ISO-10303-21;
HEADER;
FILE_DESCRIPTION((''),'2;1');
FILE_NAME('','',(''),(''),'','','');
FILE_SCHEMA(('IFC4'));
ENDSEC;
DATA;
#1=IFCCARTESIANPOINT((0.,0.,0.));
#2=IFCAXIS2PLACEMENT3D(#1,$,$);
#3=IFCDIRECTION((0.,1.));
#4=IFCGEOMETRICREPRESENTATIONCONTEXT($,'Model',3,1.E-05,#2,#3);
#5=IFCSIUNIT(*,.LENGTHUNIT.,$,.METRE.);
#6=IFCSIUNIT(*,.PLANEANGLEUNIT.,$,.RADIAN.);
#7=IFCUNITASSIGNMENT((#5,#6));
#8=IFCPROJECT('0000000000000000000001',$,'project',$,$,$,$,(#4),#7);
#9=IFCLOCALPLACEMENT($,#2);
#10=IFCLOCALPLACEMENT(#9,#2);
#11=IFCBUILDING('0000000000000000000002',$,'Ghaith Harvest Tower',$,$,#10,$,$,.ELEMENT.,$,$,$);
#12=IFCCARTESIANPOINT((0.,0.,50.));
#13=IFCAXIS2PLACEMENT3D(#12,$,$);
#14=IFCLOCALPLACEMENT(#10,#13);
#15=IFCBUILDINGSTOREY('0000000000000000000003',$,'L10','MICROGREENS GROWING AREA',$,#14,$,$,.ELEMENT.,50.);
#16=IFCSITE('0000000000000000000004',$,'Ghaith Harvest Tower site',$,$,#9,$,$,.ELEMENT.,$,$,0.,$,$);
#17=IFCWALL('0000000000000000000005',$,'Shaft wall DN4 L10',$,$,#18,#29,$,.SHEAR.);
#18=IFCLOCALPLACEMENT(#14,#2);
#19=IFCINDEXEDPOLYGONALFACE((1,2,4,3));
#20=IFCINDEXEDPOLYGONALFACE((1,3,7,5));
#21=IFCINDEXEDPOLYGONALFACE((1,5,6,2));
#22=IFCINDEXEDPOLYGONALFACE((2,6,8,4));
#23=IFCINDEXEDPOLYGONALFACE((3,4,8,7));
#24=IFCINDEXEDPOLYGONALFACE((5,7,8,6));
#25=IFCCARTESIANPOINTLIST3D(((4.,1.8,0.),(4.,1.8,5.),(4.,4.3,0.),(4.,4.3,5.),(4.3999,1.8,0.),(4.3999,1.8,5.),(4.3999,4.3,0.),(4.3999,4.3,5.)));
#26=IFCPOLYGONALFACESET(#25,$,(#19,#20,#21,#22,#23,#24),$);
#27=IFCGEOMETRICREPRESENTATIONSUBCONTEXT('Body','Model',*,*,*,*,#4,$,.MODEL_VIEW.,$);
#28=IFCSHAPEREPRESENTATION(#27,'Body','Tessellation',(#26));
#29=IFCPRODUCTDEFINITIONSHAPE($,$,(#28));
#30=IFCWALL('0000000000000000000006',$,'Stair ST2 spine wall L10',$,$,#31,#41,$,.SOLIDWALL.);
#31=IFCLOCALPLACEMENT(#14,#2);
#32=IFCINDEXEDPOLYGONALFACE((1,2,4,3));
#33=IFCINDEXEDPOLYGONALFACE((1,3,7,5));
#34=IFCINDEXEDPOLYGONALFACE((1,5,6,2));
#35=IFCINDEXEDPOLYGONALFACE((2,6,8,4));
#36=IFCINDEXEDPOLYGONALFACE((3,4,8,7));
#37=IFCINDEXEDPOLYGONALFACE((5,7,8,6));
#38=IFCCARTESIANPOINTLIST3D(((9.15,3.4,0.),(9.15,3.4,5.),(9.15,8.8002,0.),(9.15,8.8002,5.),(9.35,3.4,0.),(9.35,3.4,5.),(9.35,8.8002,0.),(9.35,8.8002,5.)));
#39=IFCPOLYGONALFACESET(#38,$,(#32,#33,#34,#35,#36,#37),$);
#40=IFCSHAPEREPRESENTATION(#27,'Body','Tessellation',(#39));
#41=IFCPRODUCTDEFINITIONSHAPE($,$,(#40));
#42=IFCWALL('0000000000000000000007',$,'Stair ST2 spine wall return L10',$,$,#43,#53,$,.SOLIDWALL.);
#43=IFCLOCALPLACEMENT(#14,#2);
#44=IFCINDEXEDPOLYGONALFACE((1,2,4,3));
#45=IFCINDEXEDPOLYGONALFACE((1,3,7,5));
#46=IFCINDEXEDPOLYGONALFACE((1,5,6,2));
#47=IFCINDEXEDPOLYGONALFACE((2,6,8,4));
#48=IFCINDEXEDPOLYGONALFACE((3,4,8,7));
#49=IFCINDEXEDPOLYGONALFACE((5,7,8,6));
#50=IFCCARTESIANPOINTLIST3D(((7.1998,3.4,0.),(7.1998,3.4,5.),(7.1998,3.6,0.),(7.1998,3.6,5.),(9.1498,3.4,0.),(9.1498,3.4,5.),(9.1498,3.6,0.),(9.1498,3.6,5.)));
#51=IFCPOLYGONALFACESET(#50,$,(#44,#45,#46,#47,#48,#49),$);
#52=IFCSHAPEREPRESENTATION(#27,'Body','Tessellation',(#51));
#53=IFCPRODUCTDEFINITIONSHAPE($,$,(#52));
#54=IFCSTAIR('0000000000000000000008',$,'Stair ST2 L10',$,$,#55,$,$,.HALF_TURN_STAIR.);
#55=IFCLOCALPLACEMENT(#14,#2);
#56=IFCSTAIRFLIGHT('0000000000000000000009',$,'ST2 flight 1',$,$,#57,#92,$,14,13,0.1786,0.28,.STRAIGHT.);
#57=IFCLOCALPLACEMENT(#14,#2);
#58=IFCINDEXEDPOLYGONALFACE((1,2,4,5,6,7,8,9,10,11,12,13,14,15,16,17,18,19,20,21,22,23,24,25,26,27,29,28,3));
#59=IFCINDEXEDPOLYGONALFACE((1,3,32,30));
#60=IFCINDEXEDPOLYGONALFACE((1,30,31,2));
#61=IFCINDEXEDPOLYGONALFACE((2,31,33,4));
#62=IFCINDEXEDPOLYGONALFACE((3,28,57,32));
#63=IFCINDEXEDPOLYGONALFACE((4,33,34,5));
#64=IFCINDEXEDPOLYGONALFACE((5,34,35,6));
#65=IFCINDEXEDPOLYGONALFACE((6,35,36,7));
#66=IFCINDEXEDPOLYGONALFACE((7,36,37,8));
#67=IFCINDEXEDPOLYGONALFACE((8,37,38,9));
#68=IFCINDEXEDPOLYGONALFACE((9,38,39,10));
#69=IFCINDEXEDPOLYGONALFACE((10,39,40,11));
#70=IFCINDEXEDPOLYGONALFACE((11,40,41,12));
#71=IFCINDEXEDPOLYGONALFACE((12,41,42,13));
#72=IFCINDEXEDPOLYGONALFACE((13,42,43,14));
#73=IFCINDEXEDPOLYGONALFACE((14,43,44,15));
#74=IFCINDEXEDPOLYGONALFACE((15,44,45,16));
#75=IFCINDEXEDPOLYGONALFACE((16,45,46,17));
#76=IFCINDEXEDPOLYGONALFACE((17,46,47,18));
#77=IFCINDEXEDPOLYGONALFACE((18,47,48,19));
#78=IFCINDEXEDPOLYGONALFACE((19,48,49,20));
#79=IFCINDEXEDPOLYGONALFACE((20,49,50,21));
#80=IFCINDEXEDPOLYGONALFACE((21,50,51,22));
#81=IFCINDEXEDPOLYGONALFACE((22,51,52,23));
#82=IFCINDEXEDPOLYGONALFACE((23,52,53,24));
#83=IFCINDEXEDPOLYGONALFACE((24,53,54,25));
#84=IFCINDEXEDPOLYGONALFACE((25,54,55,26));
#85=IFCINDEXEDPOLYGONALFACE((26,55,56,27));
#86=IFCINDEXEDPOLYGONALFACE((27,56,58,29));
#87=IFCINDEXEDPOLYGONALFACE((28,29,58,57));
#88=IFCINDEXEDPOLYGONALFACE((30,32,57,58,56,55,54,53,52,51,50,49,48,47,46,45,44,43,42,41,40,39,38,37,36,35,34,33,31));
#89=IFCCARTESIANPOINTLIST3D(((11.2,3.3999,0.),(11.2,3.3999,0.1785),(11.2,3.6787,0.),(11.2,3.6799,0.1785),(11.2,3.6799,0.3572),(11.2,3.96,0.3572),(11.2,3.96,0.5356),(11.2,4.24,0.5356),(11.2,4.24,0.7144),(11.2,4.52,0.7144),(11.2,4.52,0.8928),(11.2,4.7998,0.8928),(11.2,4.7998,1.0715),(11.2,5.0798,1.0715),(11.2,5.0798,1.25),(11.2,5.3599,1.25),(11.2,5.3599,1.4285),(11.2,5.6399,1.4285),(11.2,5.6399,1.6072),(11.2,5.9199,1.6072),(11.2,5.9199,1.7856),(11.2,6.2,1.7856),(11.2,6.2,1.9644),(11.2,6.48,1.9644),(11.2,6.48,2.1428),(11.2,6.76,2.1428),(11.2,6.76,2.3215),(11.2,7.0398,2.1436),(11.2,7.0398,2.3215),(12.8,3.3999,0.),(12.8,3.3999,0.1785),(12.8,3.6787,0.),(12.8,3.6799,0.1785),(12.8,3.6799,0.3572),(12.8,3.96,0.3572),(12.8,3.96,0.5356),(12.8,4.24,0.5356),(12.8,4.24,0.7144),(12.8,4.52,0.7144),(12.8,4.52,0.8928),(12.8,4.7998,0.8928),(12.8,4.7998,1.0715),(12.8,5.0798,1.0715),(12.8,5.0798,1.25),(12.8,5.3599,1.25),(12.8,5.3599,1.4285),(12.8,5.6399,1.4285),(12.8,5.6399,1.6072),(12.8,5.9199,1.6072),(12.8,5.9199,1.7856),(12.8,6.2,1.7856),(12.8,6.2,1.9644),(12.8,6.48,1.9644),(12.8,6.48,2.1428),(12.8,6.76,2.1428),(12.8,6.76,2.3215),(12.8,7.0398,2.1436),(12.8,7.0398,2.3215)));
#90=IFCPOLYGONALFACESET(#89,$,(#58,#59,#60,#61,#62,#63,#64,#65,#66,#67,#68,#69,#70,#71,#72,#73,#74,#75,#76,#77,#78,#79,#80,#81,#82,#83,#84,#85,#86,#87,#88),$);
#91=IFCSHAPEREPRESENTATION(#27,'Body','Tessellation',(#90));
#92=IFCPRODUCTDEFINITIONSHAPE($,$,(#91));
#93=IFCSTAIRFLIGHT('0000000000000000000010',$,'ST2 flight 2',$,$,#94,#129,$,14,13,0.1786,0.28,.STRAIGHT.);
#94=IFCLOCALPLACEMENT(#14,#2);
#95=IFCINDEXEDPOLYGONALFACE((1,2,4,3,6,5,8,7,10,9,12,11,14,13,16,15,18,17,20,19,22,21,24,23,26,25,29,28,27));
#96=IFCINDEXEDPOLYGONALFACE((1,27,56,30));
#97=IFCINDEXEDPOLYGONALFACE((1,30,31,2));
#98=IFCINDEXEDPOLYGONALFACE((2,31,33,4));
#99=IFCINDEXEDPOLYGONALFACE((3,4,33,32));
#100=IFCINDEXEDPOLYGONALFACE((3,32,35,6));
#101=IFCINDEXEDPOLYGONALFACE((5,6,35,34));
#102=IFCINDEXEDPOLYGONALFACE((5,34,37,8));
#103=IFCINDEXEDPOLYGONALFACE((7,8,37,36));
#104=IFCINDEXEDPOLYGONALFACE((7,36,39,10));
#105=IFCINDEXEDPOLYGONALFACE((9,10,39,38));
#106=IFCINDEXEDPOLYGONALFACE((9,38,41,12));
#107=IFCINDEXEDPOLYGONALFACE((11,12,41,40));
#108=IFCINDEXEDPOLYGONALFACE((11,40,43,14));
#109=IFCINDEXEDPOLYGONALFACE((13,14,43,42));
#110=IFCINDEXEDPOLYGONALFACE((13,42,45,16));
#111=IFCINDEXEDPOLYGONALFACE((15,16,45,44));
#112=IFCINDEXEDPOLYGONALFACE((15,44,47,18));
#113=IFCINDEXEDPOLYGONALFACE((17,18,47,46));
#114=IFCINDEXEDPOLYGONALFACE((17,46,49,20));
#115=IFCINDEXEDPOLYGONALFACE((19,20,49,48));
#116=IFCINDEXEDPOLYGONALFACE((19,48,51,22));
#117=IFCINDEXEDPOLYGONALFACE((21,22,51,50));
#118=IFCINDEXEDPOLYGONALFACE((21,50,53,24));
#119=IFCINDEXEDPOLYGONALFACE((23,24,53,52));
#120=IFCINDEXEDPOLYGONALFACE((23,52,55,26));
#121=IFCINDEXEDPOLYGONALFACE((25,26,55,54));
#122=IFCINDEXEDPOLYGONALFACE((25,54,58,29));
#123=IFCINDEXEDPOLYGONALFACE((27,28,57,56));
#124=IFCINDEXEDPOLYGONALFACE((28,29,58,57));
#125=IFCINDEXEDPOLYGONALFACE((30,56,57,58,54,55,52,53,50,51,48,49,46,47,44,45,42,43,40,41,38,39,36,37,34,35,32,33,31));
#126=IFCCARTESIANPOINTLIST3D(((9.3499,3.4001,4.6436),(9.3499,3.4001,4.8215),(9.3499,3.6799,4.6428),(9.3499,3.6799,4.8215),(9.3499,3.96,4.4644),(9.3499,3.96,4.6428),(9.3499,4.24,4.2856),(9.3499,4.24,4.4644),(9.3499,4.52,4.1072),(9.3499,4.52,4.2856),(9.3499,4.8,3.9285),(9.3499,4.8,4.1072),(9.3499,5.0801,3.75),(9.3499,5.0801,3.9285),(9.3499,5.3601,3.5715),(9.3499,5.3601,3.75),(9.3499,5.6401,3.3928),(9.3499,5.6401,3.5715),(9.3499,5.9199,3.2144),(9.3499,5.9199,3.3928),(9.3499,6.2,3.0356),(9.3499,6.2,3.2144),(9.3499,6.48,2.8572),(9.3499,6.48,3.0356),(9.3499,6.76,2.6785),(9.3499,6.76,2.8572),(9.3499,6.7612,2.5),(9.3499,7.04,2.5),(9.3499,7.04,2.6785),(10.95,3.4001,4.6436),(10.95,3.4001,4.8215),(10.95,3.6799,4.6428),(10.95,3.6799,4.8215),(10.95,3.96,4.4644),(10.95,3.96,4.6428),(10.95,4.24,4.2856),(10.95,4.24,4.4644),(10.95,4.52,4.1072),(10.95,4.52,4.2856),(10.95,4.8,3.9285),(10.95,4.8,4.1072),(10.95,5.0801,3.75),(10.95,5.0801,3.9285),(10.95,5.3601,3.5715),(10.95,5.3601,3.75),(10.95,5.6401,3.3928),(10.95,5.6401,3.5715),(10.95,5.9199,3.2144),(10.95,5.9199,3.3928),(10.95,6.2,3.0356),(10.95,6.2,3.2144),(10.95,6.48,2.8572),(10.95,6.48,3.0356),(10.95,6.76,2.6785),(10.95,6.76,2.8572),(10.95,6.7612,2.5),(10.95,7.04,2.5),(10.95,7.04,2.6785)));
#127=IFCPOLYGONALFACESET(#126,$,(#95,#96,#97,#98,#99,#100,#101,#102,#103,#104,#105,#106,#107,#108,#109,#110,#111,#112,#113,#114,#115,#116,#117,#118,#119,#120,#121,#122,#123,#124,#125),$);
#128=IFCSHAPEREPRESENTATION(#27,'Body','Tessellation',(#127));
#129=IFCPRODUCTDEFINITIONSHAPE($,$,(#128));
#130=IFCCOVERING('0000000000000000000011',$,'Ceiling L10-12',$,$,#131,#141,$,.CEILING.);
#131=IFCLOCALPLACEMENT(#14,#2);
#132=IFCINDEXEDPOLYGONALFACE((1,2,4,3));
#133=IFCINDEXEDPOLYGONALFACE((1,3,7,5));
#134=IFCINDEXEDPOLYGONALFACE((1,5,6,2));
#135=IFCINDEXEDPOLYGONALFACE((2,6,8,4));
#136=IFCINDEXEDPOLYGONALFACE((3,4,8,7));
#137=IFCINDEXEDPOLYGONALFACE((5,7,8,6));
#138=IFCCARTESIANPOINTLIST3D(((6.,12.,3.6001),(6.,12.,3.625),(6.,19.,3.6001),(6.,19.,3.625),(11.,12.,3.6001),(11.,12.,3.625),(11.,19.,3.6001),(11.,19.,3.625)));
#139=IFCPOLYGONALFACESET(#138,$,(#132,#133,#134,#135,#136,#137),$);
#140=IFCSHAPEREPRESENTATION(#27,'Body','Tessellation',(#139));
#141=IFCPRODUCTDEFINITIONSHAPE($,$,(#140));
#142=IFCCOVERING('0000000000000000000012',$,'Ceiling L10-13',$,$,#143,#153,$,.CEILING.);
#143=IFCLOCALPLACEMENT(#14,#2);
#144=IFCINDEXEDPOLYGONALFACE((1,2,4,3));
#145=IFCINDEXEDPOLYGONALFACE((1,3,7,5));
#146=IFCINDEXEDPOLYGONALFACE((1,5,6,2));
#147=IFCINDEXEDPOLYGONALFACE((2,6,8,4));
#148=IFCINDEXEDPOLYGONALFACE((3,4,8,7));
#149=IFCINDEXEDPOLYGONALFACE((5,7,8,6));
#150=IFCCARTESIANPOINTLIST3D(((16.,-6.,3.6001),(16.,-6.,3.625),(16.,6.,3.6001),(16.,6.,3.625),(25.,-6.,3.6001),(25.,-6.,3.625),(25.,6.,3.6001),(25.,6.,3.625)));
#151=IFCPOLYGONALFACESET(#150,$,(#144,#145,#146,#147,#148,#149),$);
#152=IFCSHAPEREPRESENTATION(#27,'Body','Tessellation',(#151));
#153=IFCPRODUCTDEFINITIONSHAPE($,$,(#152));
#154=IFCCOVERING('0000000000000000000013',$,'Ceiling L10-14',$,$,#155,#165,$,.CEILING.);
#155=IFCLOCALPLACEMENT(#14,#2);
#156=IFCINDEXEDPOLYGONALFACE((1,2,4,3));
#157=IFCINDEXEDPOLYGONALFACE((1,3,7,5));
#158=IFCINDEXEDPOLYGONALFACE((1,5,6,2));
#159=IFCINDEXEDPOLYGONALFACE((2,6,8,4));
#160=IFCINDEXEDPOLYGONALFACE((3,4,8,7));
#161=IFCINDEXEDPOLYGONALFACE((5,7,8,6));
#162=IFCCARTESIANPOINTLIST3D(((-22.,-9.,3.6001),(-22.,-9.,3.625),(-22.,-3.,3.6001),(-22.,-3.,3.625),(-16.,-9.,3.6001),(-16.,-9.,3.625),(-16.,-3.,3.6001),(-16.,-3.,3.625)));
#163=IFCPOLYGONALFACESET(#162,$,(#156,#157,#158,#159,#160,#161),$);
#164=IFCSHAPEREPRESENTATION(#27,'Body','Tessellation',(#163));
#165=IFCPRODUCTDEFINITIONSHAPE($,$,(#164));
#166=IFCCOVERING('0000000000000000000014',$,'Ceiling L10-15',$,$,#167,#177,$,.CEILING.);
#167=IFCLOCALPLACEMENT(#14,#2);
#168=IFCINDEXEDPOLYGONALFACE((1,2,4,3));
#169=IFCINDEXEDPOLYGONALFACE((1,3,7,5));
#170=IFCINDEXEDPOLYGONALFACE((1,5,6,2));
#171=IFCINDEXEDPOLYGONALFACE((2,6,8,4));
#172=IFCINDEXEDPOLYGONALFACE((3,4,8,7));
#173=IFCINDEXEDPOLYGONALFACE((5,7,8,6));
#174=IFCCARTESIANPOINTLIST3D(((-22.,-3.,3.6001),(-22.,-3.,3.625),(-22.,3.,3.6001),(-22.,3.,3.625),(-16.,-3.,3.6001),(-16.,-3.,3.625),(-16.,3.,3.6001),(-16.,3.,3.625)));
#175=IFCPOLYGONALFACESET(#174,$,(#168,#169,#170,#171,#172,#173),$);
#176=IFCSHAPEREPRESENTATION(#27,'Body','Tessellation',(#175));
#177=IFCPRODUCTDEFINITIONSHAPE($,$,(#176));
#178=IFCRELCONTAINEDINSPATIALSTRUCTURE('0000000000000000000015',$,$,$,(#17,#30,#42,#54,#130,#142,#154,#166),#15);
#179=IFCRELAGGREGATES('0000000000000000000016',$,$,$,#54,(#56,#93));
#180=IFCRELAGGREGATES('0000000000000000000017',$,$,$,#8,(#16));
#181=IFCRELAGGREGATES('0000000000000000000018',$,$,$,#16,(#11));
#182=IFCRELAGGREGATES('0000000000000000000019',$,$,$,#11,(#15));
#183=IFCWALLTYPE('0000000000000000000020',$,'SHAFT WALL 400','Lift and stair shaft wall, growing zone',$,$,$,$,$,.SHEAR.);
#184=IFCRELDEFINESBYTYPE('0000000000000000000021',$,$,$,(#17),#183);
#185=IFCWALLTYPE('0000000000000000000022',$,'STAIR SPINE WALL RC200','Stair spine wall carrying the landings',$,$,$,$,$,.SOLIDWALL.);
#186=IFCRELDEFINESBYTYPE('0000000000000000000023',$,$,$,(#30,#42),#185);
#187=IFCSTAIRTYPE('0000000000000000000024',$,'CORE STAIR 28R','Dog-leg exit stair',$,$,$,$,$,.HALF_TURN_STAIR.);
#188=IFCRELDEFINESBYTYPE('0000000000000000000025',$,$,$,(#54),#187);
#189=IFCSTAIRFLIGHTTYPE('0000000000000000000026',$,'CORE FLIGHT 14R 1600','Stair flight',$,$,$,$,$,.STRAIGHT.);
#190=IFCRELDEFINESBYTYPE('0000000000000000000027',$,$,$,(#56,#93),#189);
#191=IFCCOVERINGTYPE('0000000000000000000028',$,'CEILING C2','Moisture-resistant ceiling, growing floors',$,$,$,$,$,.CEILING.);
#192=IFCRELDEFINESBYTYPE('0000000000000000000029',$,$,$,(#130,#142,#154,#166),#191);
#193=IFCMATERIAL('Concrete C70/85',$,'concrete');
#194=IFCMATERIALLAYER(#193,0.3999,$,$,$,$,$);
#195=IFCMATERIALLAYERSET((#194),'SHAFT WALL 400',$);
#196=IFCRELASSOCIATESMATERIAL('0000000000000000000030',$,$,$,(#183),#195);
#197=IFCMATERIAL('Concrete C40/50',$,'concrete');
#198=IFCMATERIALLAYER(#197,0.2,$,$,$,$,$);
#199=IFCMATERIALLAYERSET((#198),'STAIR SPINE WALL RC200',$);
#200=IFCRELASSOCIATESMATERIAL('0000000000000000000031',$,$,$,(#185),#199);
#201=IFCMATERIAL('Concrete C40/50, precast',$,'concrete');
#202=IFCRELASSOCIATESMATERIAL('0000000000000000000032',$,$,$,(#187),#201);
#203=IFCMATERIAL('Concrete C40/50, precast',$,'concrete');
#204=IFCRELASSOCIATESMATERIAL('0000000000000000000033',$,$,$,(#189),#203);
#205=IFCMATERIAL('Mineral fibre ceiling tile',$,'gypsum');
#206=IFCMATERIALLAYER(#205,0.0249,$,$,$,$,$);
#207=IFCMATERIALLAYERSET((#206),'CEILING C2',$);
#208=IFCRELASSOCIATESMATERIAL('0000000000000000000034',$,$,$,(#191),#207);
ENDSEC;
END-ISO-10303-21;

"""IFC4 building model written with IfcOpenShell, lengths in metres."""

from ifc_helpers import new_model, si_unit, direction, frame, frame_2d, origin, place, context, subcontext, project, spatial, polyline, rectangle, outline, extrude, material, layer, layer_set, type_object, element, aggregate, save


model = new_model("IFC4")

# Units and contexts
model_context = context("Model", 3, precision=1e-05, world=origin(), true_north=direction((0.0, 1.0)))
body_context = subcontext(model_context, "Body", "Model", "MODEL_VIEW")
ifc_project = project(units=[si_unit("LENGTHUNIT", "METRE"), si_unit("PLANEANGLEUNIT", "RADIAN")], contexts=[model_context])

# Site, building, storey
site_placement = place(None, origin())
site = spatial("IfcSite", under=ifc_project, at=site_placement, Name="Ghaith Harvest Tower site", CompositionType="ELEMENT", RefElevation=0.0)
building_placement = place(site_placement, origin())
building = spatial("IfcBuilding", under=site, at=building_placement, Name="Ghaith Harvest Tower", CompositionType="ELEMENT")
storey_placement = place(building_placement, frame((0.0, 0.0, 50.0)))
storey = spatial("IfcBuildingStorey", under=building, at=storey_placement, Name="L10", Description="MICROGREENS GROWING AREA", CompositionType="ELEMENT", Elevation=50.0)

# Shared definitions
ifc_material_1 = material(Name="Concrete C70/85", Category="concrete")
ifc_layer_1 = layer(ifc_material_1, 0.3999)
ifc_layer_set_1 = layer_set([ifc_layer_1], Name="SHAFT WALL 400")
wall_type_1 = type_object("IfcWallType", Name="SHAFT WALL 400", Description="Lift and stair shaft wall, growing zone", PredefinedType="SHEAR", material=ifc_layer_set_1)

# Walls
for number, where, z_axis, x_axis, name in (
    (1, (4.2, 1.8, 0.0), (0.0, 0.0, 1.0), (0.0, 1.0, 0.0), "Shaft wall DN4 L10"),
):
    element("IfcWall", number, at=place(storey_placement, frame(where, z_axis=z_axis, x_axis=x_axis)), inside=storey, type_object=wall_type_1, Name=name, PredefinedType="SHEAR", context=body_context, shape_type="SweptSolid", body=[
        extrude(rectangle(XDim=2.5, YDim=0.3999, at=frame_2d((1.25, 0.0))), origin(), (0.0, 0.0, 1.0), 5.0),
    ])
ifc_material_2 = material(Name="Concrete C40/50", Category="concrete")
ifc_layer_2 = layer(ifc_material_2, 0.2)
ifc_layer_set_2 = layer_set([ifc_layer_2], Name="STAIR SPINE WALL RC200")
wall_type_2 = type_object("IfcWallType", Name="STAIR SPINE WALL RC200", Description="Stair spine wall carrying the landings", PredefinedType="SOLIDWALL", material=ifc_layer_set_2)
wall_1_placement = place(storey_placement, frame((9.25, 3.3999, 0.0), z_axis=(0.0, 0.0, 1.0), x_axis=(0.0, 1.0, 0.0)))
element("IfcWall", 2, at=wall_1_placement, inside=storey, type_object=wall_type_2, Name="Stair ST2 spine wall L10", PredefinedType="SOLIDWALL", context=body_context, shape_type="SweptSolid", body=[
    extrude(rectangle(XDim=5.4001, YDim=0.2, at=frame_2d((2.7002, 0.0))), origin(), (0.0, 0.0, 1.0), 5.0),
])
wall_2_placement = place(storey_placement, frame((9.1499, 3.5, 0.0), z_axis=(0.0, 0.0, 1.0), x_axis=(-1.0, 0.0, 0.0)))
element("IfcWall", 3, at=wall_2_placement, inside=storey, type_object=wall_type_2, Name="Stair ST2 spine wall return L10", PredefinedType="SOLIDWALL", context=body_context, shape_type="SweptSolid", body=[
    extrude(rectangle(XDim=1.95, YDim=0.2, at=frame_2d((0.9751, 0.0))), origin(), (0.0, 0.0, 1.0), 5.0),
])

# Stair, stair flights
ifc_material_3 = material(Name="Concrete C40/50, precast", Category="concrete")
stair_type = type_object("IfcStairType", Name="CORE STAIR 28R", Description="Dog-leg exit stair", PredefinedType="HALF_TURN_STAIR", material=ifc_material_3)
stair_placement = place(storey_placement, origin())
stair = element("IfcStair", 4, at=stair_placement, inside=storey, type_object=stair_type, Name="Stair ST2 L10", PredefinedType="HALF_TURN_STAIR")
ifc_material_4 = material(Name="Concrete C40/50, precast", Category="concrete")
stair_flight_type = type_object("IfcStairFlightType", Name="CORE FLIGHT 14R 1600", Description="Stair flight", PredefinedType="STRAIGHT", material=ifc_material_4)
stair_flight_1_placement = place(storey_placement, frame((12.0, 3.3999, 0.0), z_axis=(0.0, 0.0, 1.0), x_axis=(0.0, 1.0, 0.0)))
stair_flight_1 = element("IfcStairFlight", 5, at=stair_flight_1_placement, type_object=stair_flight_type, Name="ST2 flight 1", NumberOfRisers=14, NumberOfTreads=13, PredefinedType="STRAIGHT", RiserHeight=0.1786, TreadLength=0.28, context=body_context, shape_type="SweptSolid", body=[
    extrude(outline(polyline([(0.0, 0.0), (0.0, 0.1785), (0.28, 0.1785), (0.28, 0.3572), (0.5601, 0.3572), (0.5601, 0.5356), (0.8401, 0.5356), (0.8401, 0.7144), (1.1201, 0.7144), (1.1201, 0.8928), (1.3999, 0.8928), (1.3999, 1.0715), (1.6799, 1.0715), (1.6799, 1.25), (1.96, 1.25), (1.96, 1.4285), (2.24, 1.4285), (2.24, 1.6072), (2.52, 1.6072), (2.52, 1.7856), (2.8, 1.7856), (2.8, 1.9644), (3.0801, 1.9644), (3.0801, 2.1428), (3.3601, 2.1428), (3.3601, 2.3215), (3.6399, 2.3215), (3.6399, 2.5), (3.6399, 2.1436), (0.2788, 0.0), (0.0, 0.0)])), frame((0.0, 0.8, 0.0), z_axis=(0.0, -1.0, 0.0), x_axis=(1.0, 0.0, 0.0)), (0.0, 0.0, 1.0), 1.6001),
])
stair_flight_2_placement = place(storey_placement, frame((10.1499, 7.04, 2.5), z_axis=(0.0, 0.0, 1.0), x_axis=(0.0, -1.0, 0.0)))
stair_flight_2 = element("IfcStairFlight", 6, at=stair_flight_2_placement, type_object=stair_flight_type, Name="ST2 flight 2", NumberOfRisers=14, NumberOfTreads=13, PredefinedType="STRAIGHT", RiserHeight=0.1786, TreadLength=0.28, context=body_context, shape_type="SweptSolid", body=[
    extrude(outline(polyline([(0.0, 0.0), (0.0, 0.1785), (0.28, 0.1785), (0.28, 0.3572), (0.5601, 0.3572), (0.5601, 0.5356), (0.8401, 0.5356), (0.8401, 0.7144), (1.1201, 0.7144), (1.1201, 0.8928), (1.3999, 0.8928), (1.3999, 1.0715), (1.6799, 1.0715), (1.6799, 1.25), (1.96, 1.25), (1.96, 1.4285), (2.24, 1.4285), (2.24, 1.6072), (2.52, 1.6072), (2.52, 1.7856), (2.8, 1.7856), (2.8, 1.9644), (3.0801, 1.9644), (3.0801, 2.1428), (3.3601, 2.1428), (3.3601, 2.3215), (3.6399, 2.3215), (3.6399, 2.5), (3.6399, 2.1436), (0.2788, 0.0), (0.0, 0.0)])), frame((0.0, 0.8, 0.0), z_axis=(0.0, -1.0, 0.0), x_axis=(1.0, 0.0, 0.0)), (0.0, 0.0, 1.0), 1.6001),
])
aggregate(stair, [stair_flight_1, stair_flight_2])

# Coverings
ifc_material_5 = material(Name="Mineral fibre ceiling tile", Category="gypsum")
ifc_layer_3 = layer(ifc_material_5, 0.0249)
ifc_layer_set_3 = layer_set([ifc_layer_3], Name="CEILING C2")
covering_type = type_object("IfcCoveringType", Name="CEILING C2", Description="Moisture-resistant ceiling, growing floors", PredefinedType="CEILING", material=ifc_layer_set_3)
covering_1_placement = place(storey_placement, frame((0.0, 0.0, 3.6001)))
element("IfcCovering", 7, at=covering_1_placement, inside=storey, type_object=covering_type, Name="Ceiling L10-12", PredefinedType="CEILING", context=body_context, shape_type="SweptSolid", body=[
    extrude(outline(polyline([(6.0, 12.0), (11.0, 12.0), (11.0, 19.0), (6.0, 19.0), (6.0, 12.0)])), origin(), (0.0, 0.0, 1.0), 0.0249),
])
covering_2_placement = place(storey_placement, frame((0.0, 0.0, 3.6001)))
element("IfcCovering", 8, at=covering_2_placement, inside=storey, type_object=covering_type, Name="Ceiling L10-13", PredefinedType="CEILING", context=body_context, shape_type="SweptSolid", body=[
    extrude(outline(polyline([(16.0, -6.0), (25.0, -6.0), (25.0, 6.0), (16.0, 6.0), (16.0, -6.0)])), origin(), (0.0, 0.0, 1.0), 0.0249),
])
covering_3_placement = place(storey_placement, frame((0.0, 0.0, 3.6001)))
element("IfcCovering", 9, at=covering_3_placement, inside=storey, type_object=covering_type, Name="Ceiling L10-14", PredefinedType="CEILING", context=body_context, shape_type="SweptSolid", body=[
    extrude(outline(polyline([(-22.0, -9.0), (-16.0, -9.0), (-16.0, -3.0), (-22.0, -3.0), (-22.0, -9.0)])), origin(), (0.0, 0.0, 1.0), 0.0249),
])
covering_4_placement = place(storey_placement, frame((0.0, 0.0, 3.6001)))
element("IfcCovering", 10, at=covering_4_placement, inside=storey, type_object=covering_type, Name="Ceiling L10-15", PredefinedType="CEILING", context=body_context, shape_type="SweptSolid", body=[
    extrude(outline(polyline([(-22.0, -3.0), (-16.0, -3.0), (-16.0, 3.0), (-22.0, 3.0), (-22.0, -3.0)])), origin(), (0.0, 0.0, 1.0), 0.0249),
])

save(model, "model.ifc")
